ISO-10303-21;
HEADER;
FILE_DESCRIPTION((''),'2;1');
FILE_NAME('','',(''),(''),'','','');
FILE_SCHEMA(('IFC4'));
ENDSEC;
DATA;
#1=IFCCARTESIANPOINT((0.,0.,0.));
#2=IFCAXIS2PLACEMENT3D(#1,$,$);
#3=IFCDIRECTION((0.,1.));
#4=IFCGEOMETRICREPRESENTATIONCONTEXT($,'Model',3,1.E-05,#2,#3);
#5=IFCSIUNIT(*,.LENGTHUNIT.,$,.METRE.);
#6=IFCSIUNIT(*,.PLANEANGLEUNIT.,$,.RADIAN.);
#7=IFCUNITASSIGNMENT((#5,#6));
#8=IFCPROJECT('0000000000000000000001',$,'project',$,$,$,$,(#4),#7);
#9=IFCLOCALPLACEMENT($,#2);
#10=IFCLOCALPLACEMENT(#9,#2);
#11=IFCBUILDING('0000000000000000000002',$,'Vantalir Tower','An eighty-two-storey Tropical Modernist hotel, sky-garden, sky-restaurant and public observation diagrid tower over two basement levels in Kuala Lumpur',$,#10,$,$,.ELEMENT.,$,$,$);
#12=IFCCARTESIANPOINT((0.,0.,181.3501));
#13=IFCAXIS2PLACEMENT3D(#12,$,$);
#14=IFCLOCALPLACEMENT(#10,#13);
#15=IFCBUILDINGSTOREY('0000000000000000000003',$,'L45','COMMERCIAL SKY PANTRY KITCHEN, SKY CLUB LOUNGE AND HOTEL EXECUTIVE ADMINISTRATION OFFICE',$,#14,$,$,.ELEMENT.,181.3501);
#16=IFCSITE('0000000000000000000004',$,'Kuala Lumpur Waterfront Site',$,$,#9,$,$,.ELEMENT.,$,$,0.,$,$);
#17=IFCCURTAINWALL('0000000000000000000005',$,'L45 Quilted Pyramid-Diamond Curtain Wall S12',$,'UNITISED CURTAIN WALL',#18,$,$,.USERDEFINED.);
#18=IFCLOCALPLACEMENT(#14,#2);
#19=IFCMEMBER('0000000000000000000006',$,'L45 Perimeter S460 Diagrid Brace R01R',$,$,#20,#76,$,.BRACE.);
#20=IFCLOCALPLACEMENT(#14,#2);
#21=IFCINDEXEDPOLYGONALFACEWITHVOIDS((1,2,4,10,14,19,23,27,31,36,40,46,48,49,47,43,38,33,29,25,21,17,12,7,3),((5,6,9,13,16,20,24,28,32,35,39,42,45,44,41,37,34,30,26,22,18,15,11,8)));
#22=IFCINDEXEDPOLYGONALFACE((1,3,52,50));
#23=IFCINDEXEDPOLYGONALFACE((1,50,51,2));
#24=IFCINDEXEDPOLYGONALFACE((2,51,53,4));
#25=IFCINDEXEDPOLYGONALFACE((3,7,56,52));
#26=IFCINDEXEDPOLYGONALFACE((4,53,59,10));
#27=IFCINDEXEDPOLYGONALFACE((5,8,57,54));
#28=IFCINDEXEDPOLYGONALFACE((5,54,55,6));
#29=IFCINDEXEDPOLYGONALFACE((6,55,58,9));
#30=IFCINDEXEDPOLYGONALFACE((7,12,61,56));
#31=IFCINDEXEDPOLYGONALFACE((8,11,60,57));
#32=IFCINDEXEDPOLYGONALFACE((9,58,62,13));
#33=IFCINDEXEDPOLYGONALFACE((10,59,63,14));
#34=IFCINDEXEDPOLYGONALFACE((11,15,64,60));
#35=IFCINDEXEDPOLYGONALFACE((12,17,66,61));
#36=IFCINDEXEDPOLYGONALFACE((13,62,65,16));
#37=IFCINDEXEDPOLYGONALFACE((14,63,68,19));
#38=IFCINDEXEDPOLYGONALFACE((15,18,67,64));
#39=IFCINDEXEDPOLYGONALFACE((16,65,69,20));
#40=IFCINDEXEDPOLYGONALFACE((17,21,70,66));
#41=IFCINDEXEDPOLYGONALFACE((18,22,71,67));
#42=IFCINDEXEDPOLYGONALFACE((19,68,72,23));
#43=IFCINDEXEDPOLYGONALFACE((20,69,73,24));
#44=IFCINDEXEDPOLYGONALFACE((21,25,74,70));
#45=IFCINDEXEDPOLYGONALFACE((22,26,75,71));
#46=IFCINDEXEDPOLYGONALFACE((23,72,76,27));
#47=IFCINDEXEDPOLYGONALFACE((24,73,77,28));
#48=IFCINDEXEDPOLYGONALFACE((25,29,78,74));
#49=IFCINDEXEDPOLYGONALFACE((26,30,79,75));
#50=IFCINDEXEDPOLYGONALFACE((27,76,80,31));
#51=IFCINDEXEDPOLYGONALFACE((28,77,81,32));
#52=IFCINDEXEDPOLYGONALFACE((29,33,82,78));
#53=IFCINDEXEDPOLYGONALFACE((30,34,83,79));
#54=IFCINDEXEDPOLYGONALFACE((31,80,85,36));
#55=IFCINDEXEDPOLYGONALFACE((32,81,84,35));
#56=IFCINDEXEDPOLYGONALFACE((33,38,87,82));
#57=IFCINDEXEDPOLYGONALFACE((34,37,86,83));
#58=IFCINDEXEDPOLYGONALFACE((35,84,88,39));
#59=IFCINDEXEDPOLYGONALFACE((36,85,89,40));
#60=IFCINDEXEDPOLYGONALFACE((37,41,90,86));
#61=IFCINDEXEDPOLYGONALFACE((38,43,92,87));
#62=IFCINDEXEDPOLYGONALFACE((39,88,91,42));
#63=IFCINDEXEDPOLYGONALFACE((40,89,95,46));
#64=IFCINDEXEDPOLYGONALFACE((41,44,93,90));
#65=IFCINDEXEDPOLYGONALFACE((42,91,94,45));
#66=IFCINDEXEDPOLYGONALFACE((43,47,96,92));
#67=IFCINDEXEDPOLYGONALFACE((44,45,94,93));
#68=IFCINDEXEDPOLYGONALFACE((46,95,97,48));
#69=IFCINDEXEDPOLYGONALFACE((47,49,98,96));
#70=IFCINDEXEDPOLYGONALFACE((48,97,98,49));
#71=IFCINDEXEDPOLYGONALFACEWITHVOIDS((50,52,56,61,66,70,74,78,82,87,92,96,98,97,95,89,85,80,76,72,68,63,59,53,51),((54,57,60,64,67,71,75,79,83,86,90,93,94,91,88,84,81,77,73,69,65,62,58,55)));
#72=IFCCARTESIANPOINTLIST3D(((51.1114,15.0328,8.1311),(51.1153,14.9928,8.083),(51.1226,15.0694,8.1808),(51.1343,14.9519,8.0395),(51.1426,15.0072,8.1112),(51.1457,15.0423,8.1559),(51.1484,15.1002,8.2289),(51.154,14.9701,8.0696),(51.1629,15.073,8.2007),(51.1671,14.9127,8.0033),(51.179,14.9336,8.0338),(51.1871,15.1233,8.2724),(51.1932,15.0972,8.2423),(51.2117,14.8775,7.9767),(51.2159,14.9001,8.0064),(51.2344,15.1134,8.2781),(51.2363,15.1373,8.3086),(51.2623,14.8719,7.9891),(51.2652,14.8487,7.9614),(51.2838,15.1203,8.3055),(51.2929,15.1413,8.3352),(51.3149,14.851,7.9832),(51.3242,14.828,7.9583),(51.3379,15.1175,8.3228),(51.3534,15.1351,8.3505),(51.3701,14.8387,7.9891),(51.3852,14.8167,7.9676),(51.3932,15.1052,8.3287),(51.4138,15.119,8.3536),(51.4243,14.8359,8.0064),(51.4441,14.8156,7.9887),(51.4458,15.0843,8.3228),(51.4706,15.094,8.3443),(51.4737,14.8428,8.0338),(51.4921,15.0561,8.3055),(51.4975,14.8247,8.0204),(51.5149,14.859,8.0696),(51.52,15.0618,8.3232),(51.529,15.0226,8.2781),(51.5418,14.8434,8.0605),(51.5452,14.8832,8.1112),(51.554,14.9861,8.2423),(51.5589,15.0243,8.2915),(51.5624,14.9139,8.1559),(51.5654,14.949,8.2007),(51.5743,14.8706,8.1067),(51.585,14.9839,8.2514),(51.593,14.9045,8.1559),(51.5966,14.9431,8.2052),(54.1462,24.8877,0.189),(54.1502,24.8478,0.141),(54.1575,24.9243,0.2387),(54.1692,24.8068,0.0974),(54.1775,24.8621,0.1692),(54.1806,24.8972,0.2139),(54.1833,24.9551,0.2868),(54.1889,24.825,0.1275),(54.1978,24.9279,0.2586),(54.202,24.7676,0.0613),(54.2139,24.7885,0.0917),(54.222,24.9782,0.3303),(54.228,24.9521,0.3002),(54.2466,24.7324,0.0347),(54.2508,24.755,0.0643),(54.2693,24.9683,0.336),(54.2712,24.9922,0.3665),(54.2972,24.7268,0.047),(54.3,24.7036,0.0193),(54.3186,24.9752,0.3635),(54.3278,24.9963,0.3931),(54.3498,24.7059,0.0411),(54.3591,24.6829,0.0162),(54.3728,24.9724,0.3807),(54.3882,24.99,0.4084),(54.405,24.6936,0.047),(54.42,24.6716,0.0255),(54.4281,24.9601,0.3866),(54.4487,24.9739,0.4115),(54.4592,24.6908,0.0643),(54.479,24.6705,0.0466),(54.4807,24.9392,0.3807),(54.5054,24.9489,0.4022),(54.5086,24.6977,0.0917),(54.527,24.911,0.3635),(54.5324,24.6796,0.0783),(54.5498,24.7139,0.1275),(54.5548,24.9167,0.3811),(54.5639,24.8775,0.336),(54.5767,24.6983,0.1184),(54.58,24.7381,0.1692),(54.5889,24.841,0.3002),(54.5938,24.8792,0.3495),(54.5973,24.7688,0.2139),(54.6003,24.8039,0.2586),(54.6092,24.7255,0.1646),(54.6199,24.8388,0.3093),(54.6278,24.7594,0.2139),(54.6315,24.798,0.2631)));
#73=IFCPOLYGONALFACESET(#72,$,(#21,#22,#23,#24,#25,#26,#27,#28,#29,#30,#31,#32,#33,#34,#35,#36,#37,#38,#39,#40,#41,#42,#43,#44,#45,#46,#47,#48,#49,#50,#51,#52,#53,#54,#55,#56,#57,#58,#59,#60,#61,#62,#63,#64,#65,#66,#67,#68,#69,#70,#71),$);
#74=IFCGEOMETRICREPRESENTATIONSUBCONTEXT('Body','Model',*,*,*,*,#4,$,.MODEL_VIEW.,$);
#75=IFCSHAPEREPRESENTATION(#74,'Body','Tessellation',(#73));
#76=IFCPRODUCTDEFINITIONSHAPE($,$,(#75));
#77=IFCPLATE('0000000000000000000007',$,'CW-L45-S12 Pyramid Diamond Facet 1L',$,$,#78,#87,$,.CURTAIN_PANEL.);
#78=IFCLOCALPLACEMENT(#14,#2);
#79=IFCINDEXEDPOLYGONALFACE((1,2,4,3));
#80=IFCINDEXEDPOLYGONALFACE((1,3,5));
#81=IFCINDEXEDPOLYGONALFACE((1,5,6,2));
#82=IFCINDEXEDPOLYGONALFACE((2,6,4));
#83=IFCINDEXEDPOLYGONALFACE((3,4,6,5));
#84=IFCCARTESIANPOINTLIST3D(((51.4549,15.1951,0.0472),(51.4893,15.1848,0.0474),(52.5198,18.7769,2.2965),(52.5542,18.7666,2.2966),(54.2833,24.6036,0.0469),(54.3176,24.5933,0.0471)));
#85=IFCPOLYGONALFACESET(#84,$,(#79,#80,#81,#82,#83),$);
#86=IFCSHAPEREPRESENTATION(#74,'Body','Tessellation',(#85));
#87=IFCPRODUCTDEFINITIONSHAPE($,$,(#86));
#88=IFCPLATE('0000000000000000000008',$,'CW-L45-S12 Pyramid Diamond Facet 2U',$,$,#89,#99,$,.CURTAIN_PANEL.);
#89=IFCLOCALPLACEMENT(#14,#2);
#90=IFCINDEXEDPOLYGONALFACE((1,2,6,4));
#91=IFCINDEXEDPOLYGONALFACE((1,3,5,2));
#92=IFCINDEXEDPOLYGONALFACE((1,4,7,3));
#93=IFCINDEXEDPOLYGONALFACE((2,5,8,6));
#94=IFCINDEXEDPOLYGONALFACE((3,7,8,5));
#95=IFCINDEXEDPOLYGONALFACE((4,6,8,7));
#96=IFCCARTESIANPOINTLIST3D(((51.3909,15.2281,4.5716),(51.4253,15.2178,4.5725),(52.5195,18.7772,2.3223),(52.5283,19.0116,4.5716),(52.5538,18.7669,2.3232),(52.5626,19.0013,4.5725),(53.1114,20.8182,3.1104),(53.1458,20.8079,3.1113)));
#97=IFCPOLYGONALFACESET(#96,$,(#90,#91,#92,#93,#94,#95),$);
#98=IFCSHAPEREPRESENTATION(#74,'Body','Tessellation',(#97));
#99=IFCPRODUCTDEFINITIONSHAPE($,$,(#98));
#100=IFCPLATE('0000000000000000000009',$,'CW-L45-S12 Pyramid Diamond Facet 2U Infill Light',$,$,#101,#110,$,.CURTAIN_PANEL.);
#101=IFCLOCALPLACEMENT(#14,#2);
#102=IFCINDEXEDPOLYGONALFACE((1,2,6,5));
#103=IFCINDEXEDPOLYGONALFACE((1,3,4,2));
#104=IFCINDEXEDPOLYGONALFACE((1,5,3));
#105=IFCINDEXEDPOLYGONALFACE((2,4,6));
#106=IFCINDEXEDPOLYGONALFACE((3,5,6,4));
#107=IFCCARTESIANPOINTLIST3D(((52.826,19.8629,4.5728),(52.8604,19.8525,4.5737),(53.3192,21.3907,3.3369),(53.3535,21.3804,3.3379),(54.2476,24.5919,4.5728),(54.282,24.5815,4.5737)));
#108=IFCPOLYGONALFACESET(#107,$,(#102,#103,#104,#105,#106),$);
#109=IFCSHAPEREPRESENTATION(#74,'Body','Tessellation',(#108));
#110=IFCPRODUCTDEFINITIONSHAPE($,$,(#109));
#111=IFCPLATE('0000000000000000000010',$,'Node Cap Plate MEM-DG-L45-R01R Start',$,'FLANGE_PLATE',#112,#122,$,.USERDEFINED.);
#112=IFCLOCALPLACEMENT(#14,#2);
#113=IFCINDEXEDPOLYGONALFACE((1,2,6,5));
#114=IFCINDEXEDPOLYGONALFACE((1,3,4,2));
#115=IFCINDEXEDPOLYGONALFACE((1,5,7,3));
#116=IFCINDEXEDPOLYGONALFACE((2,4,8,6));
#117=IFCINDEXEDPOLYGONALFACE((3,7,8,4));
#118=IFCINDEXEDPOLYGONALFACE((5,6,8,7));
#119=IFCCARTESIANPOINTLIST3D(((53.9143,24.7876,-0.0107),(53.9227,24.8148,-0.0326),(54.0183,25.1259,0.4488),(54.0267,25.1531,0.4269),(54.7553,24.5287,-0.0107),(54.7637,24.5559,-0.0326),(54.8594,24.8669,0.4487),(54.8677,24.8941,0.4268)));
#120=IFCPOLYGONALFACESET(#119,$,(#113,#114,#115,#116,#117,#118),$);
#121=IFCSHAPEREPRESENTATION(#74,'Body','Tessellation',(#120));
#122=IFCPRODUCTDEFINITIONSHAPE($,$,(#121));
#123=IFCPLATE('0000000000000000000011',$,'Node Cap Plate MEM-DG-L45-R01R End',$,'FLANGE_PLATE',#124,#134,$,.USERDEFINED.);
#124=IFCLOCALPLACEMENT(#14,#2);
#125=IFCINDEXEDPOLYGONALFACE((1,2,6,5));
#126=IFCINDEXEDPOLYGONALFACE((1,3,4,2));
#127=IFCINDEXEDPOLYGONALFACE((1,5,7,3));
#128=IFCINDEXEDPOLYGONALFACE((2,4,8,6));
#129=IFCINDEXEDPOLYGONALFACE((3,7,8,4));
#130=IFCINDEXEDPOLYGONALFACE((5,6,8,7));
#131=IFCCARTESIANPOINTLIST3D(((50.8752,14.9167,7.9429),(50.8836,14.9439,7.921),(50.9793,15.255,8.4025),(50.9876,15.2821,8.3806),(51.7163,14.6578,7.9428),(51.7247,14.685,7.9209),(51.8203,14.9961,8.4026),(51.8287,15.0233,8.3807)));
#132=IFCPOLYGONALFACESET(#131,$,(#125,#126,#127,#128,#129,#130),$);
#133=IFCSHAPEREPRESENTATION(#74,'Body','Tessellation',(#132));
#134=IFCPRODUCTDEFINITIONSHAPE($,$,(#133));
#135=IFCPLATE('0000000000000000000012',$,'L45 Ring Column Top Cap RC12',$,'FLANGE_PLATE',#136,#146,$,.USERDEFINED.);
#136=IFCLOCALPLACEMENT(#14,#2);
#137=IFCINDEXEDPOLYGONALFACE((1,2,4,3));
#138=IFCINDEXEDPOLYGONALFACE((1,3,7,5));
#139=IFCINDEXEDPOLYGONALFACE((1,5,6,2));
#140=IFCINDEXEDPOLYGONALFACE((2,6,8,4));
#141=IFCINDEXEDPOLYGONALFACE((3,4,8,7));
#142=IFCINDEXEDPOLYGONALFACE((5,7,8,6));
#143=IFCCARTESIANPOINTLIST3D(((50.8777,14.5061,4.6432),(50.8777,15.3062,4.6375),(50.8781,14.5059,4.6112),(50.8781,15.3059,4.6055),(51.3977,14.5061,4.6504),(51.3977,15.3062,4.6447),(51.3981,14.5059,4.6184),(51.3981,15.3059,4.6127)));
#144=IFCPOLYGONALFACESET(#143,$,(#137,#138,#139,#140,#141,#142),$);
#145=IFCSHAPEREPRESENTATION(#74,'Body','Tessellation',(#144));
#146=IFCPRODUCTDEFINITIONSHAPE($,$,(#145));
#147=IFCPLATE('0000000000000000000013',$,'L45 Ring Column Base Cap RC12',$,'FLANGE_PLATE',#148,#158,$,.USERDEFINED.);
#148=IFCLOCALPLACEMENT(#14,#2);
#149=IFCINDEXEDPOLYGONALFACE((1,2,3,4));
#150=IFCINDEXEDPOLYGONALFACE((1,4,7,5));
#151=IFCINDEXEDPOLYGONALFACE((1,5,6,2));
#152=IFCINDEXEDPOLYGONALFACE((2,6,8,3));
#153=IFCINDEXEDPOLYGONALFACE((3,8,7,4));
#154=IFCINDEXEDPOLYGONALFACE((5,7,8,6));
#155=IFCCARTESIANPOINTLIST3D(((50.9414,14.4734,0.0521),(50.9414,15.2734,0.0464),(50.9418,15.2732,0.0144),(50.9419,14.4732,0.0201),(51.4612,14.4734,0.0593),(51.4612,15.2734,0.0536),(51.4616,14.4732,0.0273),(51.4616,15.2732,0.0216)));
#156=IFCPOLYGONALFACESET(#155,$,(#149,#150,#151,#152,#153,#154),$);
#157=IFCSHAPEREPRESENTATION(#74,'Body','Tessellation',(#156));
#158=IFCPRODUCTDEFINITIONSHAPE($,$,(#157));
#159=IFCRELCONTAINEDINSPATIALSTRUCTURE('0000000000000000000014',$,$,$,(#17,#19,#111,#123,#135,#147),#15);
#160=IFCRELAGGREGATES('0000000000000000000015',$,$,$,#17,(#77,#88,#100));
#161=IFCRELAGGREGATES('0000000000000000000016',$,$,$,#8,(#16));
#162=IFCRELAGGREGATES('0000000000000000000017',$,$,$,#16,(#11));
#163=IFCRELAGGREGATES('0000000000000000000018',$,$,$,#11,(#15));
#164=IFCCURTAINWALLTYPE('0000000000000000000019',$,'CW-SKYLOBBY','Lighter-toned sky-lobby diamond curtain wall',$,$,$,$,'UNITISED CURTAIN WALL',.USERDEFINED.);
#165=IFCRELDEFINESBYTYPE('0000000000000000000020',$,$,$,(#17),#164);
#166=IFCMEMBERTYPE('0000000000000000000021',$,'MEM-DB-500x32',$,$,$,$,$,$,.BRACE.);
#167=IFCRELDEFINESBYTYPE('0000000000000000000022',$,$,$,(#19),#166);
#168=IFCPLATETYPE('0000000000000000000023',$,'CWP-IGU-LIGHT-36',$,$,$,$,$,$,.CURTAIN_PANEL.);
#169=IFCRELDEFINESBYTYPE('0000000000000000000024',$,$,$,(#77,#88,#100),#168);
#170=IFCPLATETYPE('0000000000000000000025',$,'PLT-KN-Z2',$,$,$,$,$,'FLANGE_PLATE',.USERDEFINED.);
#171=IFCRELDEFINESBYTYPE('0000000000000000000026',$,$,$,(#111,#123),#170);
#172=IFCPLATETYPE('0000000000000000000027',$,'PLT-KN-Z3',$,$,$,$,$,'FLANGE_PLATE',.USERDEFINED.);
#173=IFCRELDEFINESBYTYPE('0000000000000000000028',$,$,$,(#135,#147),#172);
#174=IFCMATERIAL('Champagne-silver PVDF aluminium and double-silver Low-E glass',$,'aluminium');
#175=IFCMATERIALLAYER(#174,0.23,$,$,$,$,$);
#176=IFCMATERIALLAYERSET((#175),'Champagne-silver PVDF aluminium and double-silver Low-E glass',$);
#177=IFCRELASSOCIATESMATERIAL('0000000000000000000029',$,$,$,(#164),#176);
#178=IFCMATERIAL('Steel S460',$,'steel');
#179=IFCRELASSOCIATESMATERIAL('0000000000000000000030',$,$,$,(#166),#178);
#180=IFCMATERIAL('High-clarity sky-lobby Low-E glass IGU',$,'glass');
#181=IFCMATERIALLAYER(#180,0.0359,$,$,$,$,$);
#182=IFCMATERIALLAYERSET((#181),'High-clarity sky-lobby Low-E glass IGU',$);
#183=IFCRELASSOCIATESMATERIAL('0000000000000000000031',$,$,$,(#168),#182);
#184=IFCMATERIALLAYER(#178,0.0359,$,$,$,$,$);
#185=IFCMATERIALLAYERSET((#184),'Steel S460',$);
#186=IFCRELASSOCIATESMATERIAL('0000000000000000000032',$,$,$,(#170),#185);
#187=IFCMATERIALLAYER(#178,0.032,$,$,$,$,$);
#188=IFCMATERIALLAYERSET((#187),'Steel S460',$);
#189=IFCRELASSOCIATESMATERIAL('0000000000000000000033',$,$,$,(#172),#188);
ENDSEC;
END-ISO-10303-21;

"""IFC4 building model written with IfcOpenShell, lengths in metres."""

from ifc_helpers import new_model, si_unit, direction, frame, origin, origin_2d, place, context, subcontext, project, spatial, polyline, hollow_circle, outline, extrude, material, layer, layer_set, material_profile, profile_set, type_object, element, aggregate, save


model = new_model("IFC4")

# Units and contexts
model_context = context("Model", 3, precision=1e-05, world=origin(), true_north=direction((0.0, 1.0)))
body_context = subcontext(model_context, "Body", "Model", "MODEL_VIEW")
ifc_project = project(units=[si_unit("LENGTHUNIT", "METRE"), si_unit("PLANEANGLEUNIT", "RADIAN")], contexts=[model_context])

# Site, building, storey
site_placement = place(None, origin())
site = spatial("IfcSite", under=ifc_project, at=site_placement, Name="Kuala Lumpur Waterfront Site", CompositionType="ELEMENT", RefElevation=0.0)
building_placement = place(site_placement, origin())
building = spatial("IfcBuilding", under=site, at=building_placement, Name="Vantalir Tower", Description="An eighty-two-storey Tropical Modernist hotel, sky-garden, sky-restaurant and public observation diagrid tower over two basement levels in Kuala Lumpur", CompositionType="ELEMENT")
storey_placement = place(building_placement, frame((0.0, 0.0, 181.3501)))
storey = spatial("IfcBuildingStorey", under=building, at=storey_placement, Name="L45", Description="COMMERCIAL SKY PANTRY KITCHEN, SKY CLUB LOUNGE AND HOTEL EXECUTIVE ADMINISTRATION OFFICE", CompositionType="ELEMENT", Elevation=181.3501)

# Shared definitions
ifc_material_1 = material(Name="Steel S460", Category="steel")

# Curtain wall
ifc_material_2 = material(Name="Champagne-silver PVDF aluminium and double-silver Low-E glass", Category="aluminium")
ifc_layer_1 = layer(ifc_material_2, 0.23)
ifc_layer_set_1 = layer_set([ifc_layer_1], Name="Champagne-silver PVDF aluminium and double-silver Low-E glass")
curtain_wall_type = type_object("IfcCurtainWallType", Name="CW-SKYLOBBY", Description="Lighter-toned sky-lobby diamond curtain wall", ElementType="UNITISED CURTAIN WALL", PredefinedType="USERDEFINED", material=ifc_layer_set_1)
curtain_wall_placement = place(storey_placement, origin())
curtain_wall = element("IfcCurtainWall", 1, at=curtain_wall_placement, inside=storey, type_object=curtain_wall_type, Name="L45 Quilted Pyramid-Diamond Curtain Wall S12", ObjectType="UNITISED CURTAIN WALL", PredefinedType="USERDEFINED")

# Member
ifc_material_profile_1 = material_profile(ifc_material_1, hollow_circle(Radius=0.25, WallThickness=0.032, at=origin_2d()), Name="Steel S460")
ifc_profile_set_1 = profile_set([ifc_material_profile_1], Name="Steel S460")
member_type_1 = type_object("IfcMemberType", Name="MEM-DB-500x32", PredefinedType="BRACE", material=ifc_profile_set_1)
member_1_placement = place(storey_placement, frame((54.3889, 24.833, 0.2139), z_axis=(-0.233173, -0.75716, 0.610196), x_axis=(0.955708, -0.294317, 0.0)))
element("IfcMember", 2, at=member_1_placement, inside=storey, type_object=member_type_1, Name="L45 Perimeter S460 Diagrid Brace R01R", PredefinedType="BRACE", context=body_context, shape_type="SweptSolid", body=[
    extrude(hollow_circle(Radius=0.25, WallThickness=0.032, at=origin_2d()), origin(), (0.0, 0.0, 1.0), 13.0156),
])

# Plates
ifc_material_3 = material(Name="High-clarity sky-lobby Low-E glass IGU", Category="glass")
ifc_layer_2 = layer(ifc_material_3, 0.0359)
ifc_layer_set_2 = layer_set([ifc_layer_2], Name="High-clarity sky-lobby Low-E glass IGU")
plate_type_1 = type_object("IfcPlateType", Name="CWP-IGU-LIGHT-36", PredefinedType="CURTAIN_PANEL", material=ifc_layer_set_2)
plate_1_placement = place(storey_placement, frame((51.4893, 15.1848, 0.0474), z_axis=(0.957651, -0.287889, 0.005031), x_axis=(0.287893, 0.957663, -0.000025)))
plate_1 = element("IfcPlate", 3, at=plate_1_placement, type_object=plate_type_1, Name="CW-L45-S12 Pyramid Diamond Facet 1L", PredefinedType="CURTAIN_PANEL", context=body_context, shape_type="SweptSolid", body=[
    extrude(outline(polyline([(0.0, 0.0), (9.8244, 0.0), (3.7367, 2.2494), (0.0, 0.0)])), origin(), (0.0, 0.0, -1.0), 0.0359),
])
plate_2_placement = place(storey_placement, frame((51.4253, 15.2178, 4.5725), z_axis=(0.957337, -0.287779, 0.026246), x_axis=(0.287878, 0.957667, -0.000001)))
plate_2 = element("IfcPlate", 4, at=plate_2_placement, type_object=plate_type_1, Name="CW-L45-S12 Pyramid Diamond Facet 2U", PredefinedType="CURTAIN_PANEL", context=body_context, shape_type="SweptSolid", body=[
    extrude(outline(polyline([(0.0, 0.0), (3.9507, 0.0), (5.8487, -1.4617), (3.7237, -2.25), (0.0, 0.0)])), origin(), (0.0, 0.0, -1.0), 0.0359),
])
plate_3_placement = place(storey_placement, frame((52.8604, 19.8525, 4.5737), z_axis=(0.957333, -0.287793, 0.026236), x_axis=(0.287892, 0.957663, 0.0)))
plate_3 = element("IfcPlate", 5, at=plate_3_placement, type_object=plate_type_1, Name="CW-L45-S12 Pyramid Diamond Facet 2U Infill Light", PredefinedType="CURTAIN_PANEL", context=body_context, shape_type="SweptSolid", body=[
    extrude(outline(polyline([(0.0, 0.0), (4.9381, 0.0), (1.6051, -1.2363), (0.0, 0.0)])), origin(), (0.0, 0.0, -1.0), 0.0359),
])
aggregate(curtain_wall, [plate_1, plate_2, plate_3])

# Plates
ifc_layer_3 = layer(ifc_material_1, 0.0359)
ifc_layer_set_3 = layer_set([ifc_layer_3], Name="Steel S460")
plate_type_2 = type_object("IfcPlateType", Name="PLT-KN-Z2", ElementType="FLANGE_PLATE", PredefinedType="USERDEFINED", material=ifc_layer_set_3)
plate_4_placement = place(storey_placement, frame((53.9143, 24.7876, -0.0107), z_axis=(-0.233091, -0.757188, 0.610192), x_axis=(0.955755, -0.294165, 0.000064)))
element("IfcPlate", 6, at=plate_4_placement, inside=storey, type_object=plate_type_2, Name="Node Cap Plate MEM-DG-L45-R01R Start", ObjectType="FLANGE_PLATE", PredefinedType="USERDEFINED", context=body_context, shape_type="SweptSolid", body=[
    extrude(outline(polyline([(0.0, 0.0), (0.88, 0.0), (0.8799, 0.5799), (-0.0001, 0.58), (0.0, 0.0)])), origin(), (0.0, 0.0, -1.0), 0.0359),
])
plate_5_placement = place(storey_placement, frame((50.8752, 14.9167, 7.9429), z_axis=(-0.233137, -0.757338, 0.609989), x_axis=(0.955725, -0.29426, -0.000064)))
element("IfcPlate", 7, at=plate_5_placement, inside=storey, type_object=plate_type_2, Name="Node Cap Plate MEM-DG-L45-R01R End", ObjectType="FLANGE_PLATE", PredefinedType="USERDEFINED", context=body_context, shape_type="SweptSolid", body=[
    extrude(outline(polyline([(0.0, 0.0), (0.88, 0.0), (0.8798, 0.5802), (-0.0001, 0.5801), (0.0, 0.0)])), origin(), (0.0, 0.0, -1.0), 0.0359),
])
ifc_layer_4 = layer(ifc_material_1, 0.032)
ifc_layer_set_4 = layer_set([ifc_layer_4], Name="Steel S460")
plate_type_3 = type_object("IfcPlateType", Name="PLT-KN-Z3", ElementType="FLANGE_PLATE", PredefinedType="USERDEFINED", material=ifc_layer_set_4)
plate_6_placement = place(storey_placement, frame((50.8777, 15.3062, 4.6375), z_axis=(-0.013848, 0.00717, 0.999878), x_axis=(-0.000002, -0.999974, 0.007171)))
element("IfcPlate", 8, at=plate_6_placement, inside=storey, type_object=plate_type_3, Name="L45 Ring Column Top Cap RC12", ObjectType="FLANGE_PLATE", PredefinedType="USERDEFINED", context=body_context, shape_type="SweptSolid", body=[
    extrude(outline(polyline([(0.0, 0.0), (0.8001, 0.0), (0.8001, 0.5201), (0.0, 0.5201), (0.0, 0.0)])), origin(), (0.0, 0.0, -1.0), 0.032),
])
plate_7_placement = place(storey_placement, frame((50.9414, 15.2734, 0.0464), z_axis=(-0.013855, 0.00717, 0.999878), x_axis=(0.000002, -0.999974, 0.007171)))
element("IfcPlate", 9, at=plate_7_placement, inside=storey, type_object=plate_type_3, Name="L45 Ring Column Base Cap RC12", ObjectType="FLANGE_PLATE", PredefinedType="USERDEFINED", context=body_context, shape_type="SweptSolid", body=[
    extrude(outline(polyline([(0.0, 0.0), (0.8001, 0.0), (0.8001, 0.5198), (0.0001, 0.5198), (0.0, 0.0)])), origin(), (0.0, 0.0, -1.0), 0.032),
])

save(model, "model.ifc")
